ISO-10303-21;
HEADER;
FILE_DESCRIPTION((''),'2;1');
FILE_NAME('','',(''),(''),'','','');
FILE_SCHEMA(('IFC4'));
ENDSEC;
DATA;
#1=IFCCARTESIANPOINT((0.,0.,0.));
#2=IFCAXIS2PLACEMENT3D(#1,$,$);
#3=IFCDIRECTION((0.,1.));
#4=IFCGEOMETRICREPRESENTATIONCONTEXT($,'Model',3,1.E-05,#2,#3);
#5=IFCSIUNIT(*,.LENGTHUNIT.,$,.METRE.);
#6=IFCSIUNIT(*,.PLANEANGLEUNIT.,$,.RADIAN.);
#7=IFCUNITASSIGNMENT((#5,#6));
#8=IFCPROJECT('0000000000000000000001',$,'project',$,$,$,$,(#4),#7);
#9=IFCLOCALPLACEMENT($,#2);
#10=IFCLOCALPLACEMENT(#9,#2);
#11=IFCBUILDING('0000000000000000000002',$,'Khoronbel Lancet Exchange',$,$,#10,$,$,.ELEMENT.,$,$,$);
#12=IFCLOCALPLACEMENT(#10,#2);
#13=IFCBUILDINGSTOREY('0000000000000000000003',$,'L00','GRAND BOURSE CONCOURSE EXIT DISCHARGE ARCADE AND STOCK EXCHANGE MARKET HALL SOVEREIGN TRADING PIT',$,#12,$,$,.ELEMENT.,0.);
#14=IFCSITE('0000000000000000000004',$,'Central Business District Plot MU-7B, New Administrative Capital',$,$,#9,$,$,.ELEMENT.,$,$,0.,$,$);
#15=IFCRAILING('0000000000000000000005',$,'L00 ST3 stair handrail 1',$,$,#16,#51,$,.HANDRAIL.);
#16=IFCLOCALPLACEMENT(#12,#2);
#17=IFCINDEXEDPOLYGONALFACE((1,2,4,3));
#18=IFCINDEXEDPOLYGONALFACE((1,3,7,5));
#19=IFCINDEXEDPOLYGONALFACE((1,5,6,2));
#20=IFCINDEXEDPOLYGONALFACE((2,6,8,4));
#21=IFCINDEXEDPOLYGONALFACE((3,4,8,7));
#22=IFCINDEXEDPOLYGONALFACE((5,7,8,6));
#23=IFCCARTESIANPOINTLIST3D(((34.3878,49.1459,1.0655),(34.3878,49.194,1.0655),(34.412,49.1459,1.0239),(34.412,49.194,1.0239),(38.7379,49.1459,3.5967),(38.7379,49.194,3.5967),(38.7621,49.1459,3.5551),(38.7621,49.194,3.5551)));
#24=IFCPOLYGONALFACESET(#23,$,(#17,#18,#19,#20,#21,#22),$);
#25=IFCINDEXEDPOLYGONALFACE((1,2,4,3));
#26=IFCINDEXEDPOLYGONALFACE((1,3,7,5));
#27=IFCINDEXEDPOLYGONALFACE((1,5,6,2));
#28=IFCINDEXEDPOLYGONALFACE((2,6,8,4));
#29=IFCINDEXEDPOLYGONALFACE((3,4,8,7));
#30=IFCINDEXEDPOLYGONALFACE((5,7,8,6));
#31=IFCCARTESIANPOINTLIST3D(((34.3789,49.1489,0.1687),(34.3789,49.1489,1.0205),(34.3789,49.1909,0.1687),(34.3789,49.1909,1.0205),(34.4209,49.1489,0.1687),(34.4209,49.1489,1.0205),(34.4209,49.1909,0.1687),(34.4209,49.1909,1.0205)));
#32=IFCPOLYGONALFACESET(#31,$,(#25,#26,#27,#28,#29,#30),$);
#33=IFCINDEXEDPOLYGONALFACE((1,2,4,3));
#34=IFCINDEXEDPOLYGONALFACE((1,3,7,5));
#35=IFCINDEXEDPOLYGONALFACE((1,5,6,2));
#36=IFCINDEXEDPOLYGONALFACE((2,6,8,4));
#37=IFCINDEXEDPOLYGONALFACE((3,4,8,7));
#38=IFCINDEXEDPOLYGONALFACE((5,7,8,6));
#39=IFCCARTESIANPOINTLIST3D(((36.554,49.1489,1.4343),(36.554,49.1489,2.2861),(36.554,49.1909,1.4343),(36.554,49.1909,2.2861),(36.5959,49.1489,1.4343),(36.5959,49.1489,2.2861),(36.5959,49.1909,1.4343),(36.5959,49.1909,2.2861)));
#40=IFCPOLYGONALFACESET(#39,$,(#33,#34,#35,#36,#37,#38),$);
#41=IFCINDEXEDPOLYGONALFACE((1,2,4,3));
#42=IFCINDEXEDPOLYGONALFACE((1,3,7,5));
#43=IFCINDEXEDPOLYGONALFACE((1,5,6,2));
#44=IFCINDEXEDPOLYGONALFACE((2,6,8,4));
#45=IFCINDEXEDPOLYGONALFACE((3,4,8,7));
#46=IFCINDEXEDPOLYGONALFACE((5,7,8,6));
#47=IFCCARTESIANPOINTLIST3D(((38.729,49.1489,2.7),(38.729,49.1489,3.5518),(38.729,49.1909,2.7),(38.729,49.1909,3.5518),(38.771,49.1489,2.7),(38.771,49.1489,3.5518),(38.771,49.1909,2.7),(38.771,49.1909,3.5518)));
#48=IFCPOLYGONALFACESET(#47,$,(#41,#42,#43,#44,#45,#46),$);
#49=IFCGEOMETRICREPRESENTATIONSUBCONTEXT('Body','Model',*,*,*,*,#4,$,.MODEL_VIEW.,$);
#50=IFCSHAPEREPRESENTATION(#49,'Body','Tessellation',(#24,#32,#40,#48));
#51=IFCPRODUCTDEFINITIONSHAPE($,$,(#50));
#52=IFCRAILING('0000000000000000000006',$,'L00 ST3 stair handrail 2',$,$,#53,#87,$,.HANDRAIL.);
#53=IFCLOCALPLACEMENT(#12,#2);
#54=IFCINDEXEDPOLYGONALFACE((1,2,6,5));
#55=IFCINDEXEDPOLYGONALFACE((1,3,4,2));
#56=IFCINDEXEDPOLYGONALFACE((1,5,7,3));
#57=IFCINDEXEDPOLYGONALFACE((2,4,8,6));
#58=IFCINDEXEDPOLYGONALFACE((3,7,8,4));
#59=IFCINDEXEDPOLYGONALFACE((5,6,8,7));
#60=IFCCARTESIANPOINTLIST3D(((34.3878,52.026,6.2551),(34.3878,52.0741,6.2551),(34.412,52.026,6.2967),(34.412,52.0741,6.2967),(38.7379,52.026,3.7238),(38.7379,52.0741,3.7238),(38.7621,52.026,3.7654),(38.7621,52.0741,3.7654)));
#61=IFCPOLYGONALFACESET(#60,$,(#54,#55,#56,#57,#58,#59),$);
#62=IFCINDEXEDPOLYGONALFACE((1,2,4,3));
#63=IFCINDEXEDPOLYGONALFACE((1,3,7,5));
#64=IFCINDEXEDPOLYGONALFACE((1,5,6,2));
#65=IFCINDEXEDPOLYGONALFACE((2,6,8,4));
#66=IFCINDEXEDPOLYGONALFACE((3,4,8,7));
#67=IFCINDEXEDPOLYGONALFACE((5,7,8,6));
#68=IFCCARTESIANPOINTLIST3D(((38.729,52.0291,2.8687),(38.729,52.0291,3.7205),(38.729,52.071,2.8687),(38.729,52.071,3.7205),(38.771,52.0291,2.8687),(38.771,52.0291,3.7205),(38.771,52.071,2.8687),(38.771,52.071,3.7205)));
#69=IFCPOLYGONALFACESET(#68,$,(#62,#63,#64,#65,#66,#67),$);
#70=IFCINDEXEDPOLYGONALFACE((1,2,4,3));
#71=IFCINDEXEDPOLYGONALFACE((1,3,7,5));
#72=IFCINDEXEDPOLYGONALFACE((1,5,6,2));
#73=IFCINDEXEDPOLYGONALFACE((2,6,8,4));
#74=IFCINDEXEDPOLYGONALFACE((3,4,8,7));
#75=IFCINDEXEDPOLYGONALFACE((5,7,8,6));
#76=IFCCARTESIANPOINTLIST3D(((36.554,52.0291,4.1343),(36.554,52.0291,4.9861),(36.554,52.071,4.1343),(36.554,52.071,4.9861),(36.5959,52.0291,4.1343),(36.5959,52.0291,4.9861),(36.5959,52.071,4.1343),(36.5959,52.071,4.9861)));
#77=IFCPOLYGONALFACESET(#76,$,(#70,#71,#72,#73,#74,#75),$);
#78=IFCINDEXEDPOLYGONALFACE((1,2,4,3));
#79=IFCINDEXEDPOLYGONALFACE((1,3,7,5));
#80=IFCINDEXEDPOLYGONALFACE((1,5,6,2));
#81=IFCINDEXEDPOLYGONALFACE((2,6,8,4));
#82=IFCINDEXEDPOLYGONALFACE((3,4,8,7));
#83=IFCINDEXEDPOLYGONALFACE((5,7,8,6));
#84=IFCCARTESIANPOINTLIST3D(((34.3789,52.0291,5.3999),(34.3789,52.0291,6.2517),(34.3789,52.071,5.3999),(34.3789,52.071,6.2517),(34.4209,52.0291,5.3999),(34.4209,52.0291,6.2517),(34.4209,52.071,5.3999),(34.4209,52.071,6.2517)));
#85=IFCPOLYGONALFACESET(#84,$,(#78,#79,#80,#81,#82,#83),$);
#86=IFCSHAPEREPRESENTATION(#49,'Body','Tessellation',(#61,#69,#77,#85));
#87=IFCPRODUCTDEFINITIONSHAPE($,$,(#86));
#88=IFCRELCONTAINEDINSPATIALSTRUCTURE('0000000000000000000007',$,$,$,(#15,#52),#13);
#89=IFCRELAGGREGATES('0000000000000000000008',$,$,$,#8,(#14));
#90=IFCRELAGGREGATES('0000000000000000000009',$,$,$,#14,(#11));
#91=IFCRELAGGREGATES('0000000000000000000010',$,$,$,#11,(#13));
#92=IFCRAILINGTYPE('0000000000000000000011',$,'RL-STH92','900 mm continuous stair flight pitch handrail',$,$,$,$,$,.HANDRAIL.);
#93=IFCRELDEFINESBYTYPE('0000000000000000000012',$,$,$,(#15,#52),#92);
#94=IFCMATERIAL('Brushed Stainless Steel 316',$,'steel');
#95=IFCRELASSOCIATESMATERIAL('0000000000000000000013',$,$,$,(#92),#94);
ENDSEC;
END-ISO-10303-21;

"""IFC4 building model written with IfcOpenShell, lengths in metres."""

from ifc_helpers import new_model, si_unit, direction, frame, origin, origin_2d, place, context, subcontext, project, spatial, rectangle, extrude, material, type_object, element, save


model = new_model("IFC4")

# Units and contexts
model_context = context("Model", 3, precision=1e-05, world=origin(), true_north=direction((0.0, 1.0)))
body_context = subcontext(model_context, "Body", "Model", "MODEL_VIEW")
ifc_project = project(units=[si_unit("LENGTHUNIT", "METRE"), si_unit("PLANEANGLEUNIT", "RADIAN")], contexts=[model_context])

# Site, building, storey
site_placement = place(None, origin())
site = spatial("IfcSite", under=ifc_project, at=site_placement, Name="Central Business District Plot MU-7B, New Administrative Capital", CompositionType="ELEMENT", RefElevation=0.0)
building_placement = place(site_placement, origin())
building = spatial("IfcBuilding", under=site, at=building_placement, Name="Khoronbel Lancet Exchange", CompositionType="ELEMENT")
storey_placement = place(building_placement, origin())
storey = spatial("IfcBuildingStorey", under=building, at=storey_placement, Name="L00", Description="GRAND BOURSE CONCOURSE EXIT DISCHARGE ARCADE AND STOCK EXCHANGE MARKET HALL SOVEREIGN TRADING PIT", CompositionType="ELEMENT", Elevation=0.0)

# Railings
ifc_material_1 = material(Name="Brushed Stainless Steel 316", Category="steel")
railing_type_1 = type_object("IfcRailingType", Name="RL-STH92", Description="900 mm continuous stair flight pitch handrail", PredefinedType="HANDRAIL", material=ifc_material_1)
railing_1_placement = place(storey_placement, frame((34.3999, 49.1699, 0.1687)))
element("IfcRailing", 1, at=railing_1_placement, inside=storey, type_object=railing_type_1, Name="L00 ST3 stair handrail 1", PredefinedType="HANDRAIL", context=body_context, shape_type="SweptSolid", body=[
    extrude(rectangle(XDim=0.0481, YDim=0.0481, at=origin_2d()), frame((0.0, 0.0, 0.876), z_axis=(0.864324, 0.0, 0.502936), x_axis=(0.0, 1.0, 0.0)), (0.0, 0.0, 1.0), 5.033),
    extrude(rectangle(XDim=0.042, YDim=0.042, at=origin_2d()), origin(), (0.0, 0.0, 1.0), 0.8518),
    extrude(rectangle(XDim=0.042, YDim=0.042, at=origin_2d()), frame((2.175, 0.0, 1.2656)), (0.0, 0.0, 1.0), 0.8518),
    extrude(rectangle(XDim=0.042, YDim=0.042, at=origin_2d()), frame((4.3501, 0.0, 2.5312)), (0.0, 0.0, 1.0), 0.8518),
])
railing_2_placement = place(storey_placement, frame((38.75, 52.05, 2.8687)))
element("IfcRailing", 2, at=railing_2_placement, inside=storey, type_object=railing_type_1, Name="L00 ST3 stair handrail 2", PredefinedType="HANDRAIL", context=body_context, shape_type="SweptSolid", body=[
    extrude(rectangle(XDim=0.0481, YDim=0.0481, at=origin_2d()), frame((0.0, 0.0, 0.876), z_axis=(-0.864324, 0.0, 0.502936), x_axis=(0.0, -1.0, 0.0)), (0.0, 0.0, 1.0), 5.033),
    extrude(rectangle(XDim=0.042, YDim=0.042, at=origin_2d()), origin(), (0.0, 0.0, 1.0), 0.8518),
    extrude(rectangle(XDim=0.042, YDim=0.042, at=origin_2d()), frame((-2.175, 0.0, 1.2656)), (0.0, 0.0, 1.0), 0.8518),
    extrude(rectangle(XDim=0.042, YDim=0.042, at=origin_2d()), frame((-4.3501, 0.0, 2.5312)), (0.0, 0.0, 1.0), 0.8518),
])

save(model, "model.ifc")
